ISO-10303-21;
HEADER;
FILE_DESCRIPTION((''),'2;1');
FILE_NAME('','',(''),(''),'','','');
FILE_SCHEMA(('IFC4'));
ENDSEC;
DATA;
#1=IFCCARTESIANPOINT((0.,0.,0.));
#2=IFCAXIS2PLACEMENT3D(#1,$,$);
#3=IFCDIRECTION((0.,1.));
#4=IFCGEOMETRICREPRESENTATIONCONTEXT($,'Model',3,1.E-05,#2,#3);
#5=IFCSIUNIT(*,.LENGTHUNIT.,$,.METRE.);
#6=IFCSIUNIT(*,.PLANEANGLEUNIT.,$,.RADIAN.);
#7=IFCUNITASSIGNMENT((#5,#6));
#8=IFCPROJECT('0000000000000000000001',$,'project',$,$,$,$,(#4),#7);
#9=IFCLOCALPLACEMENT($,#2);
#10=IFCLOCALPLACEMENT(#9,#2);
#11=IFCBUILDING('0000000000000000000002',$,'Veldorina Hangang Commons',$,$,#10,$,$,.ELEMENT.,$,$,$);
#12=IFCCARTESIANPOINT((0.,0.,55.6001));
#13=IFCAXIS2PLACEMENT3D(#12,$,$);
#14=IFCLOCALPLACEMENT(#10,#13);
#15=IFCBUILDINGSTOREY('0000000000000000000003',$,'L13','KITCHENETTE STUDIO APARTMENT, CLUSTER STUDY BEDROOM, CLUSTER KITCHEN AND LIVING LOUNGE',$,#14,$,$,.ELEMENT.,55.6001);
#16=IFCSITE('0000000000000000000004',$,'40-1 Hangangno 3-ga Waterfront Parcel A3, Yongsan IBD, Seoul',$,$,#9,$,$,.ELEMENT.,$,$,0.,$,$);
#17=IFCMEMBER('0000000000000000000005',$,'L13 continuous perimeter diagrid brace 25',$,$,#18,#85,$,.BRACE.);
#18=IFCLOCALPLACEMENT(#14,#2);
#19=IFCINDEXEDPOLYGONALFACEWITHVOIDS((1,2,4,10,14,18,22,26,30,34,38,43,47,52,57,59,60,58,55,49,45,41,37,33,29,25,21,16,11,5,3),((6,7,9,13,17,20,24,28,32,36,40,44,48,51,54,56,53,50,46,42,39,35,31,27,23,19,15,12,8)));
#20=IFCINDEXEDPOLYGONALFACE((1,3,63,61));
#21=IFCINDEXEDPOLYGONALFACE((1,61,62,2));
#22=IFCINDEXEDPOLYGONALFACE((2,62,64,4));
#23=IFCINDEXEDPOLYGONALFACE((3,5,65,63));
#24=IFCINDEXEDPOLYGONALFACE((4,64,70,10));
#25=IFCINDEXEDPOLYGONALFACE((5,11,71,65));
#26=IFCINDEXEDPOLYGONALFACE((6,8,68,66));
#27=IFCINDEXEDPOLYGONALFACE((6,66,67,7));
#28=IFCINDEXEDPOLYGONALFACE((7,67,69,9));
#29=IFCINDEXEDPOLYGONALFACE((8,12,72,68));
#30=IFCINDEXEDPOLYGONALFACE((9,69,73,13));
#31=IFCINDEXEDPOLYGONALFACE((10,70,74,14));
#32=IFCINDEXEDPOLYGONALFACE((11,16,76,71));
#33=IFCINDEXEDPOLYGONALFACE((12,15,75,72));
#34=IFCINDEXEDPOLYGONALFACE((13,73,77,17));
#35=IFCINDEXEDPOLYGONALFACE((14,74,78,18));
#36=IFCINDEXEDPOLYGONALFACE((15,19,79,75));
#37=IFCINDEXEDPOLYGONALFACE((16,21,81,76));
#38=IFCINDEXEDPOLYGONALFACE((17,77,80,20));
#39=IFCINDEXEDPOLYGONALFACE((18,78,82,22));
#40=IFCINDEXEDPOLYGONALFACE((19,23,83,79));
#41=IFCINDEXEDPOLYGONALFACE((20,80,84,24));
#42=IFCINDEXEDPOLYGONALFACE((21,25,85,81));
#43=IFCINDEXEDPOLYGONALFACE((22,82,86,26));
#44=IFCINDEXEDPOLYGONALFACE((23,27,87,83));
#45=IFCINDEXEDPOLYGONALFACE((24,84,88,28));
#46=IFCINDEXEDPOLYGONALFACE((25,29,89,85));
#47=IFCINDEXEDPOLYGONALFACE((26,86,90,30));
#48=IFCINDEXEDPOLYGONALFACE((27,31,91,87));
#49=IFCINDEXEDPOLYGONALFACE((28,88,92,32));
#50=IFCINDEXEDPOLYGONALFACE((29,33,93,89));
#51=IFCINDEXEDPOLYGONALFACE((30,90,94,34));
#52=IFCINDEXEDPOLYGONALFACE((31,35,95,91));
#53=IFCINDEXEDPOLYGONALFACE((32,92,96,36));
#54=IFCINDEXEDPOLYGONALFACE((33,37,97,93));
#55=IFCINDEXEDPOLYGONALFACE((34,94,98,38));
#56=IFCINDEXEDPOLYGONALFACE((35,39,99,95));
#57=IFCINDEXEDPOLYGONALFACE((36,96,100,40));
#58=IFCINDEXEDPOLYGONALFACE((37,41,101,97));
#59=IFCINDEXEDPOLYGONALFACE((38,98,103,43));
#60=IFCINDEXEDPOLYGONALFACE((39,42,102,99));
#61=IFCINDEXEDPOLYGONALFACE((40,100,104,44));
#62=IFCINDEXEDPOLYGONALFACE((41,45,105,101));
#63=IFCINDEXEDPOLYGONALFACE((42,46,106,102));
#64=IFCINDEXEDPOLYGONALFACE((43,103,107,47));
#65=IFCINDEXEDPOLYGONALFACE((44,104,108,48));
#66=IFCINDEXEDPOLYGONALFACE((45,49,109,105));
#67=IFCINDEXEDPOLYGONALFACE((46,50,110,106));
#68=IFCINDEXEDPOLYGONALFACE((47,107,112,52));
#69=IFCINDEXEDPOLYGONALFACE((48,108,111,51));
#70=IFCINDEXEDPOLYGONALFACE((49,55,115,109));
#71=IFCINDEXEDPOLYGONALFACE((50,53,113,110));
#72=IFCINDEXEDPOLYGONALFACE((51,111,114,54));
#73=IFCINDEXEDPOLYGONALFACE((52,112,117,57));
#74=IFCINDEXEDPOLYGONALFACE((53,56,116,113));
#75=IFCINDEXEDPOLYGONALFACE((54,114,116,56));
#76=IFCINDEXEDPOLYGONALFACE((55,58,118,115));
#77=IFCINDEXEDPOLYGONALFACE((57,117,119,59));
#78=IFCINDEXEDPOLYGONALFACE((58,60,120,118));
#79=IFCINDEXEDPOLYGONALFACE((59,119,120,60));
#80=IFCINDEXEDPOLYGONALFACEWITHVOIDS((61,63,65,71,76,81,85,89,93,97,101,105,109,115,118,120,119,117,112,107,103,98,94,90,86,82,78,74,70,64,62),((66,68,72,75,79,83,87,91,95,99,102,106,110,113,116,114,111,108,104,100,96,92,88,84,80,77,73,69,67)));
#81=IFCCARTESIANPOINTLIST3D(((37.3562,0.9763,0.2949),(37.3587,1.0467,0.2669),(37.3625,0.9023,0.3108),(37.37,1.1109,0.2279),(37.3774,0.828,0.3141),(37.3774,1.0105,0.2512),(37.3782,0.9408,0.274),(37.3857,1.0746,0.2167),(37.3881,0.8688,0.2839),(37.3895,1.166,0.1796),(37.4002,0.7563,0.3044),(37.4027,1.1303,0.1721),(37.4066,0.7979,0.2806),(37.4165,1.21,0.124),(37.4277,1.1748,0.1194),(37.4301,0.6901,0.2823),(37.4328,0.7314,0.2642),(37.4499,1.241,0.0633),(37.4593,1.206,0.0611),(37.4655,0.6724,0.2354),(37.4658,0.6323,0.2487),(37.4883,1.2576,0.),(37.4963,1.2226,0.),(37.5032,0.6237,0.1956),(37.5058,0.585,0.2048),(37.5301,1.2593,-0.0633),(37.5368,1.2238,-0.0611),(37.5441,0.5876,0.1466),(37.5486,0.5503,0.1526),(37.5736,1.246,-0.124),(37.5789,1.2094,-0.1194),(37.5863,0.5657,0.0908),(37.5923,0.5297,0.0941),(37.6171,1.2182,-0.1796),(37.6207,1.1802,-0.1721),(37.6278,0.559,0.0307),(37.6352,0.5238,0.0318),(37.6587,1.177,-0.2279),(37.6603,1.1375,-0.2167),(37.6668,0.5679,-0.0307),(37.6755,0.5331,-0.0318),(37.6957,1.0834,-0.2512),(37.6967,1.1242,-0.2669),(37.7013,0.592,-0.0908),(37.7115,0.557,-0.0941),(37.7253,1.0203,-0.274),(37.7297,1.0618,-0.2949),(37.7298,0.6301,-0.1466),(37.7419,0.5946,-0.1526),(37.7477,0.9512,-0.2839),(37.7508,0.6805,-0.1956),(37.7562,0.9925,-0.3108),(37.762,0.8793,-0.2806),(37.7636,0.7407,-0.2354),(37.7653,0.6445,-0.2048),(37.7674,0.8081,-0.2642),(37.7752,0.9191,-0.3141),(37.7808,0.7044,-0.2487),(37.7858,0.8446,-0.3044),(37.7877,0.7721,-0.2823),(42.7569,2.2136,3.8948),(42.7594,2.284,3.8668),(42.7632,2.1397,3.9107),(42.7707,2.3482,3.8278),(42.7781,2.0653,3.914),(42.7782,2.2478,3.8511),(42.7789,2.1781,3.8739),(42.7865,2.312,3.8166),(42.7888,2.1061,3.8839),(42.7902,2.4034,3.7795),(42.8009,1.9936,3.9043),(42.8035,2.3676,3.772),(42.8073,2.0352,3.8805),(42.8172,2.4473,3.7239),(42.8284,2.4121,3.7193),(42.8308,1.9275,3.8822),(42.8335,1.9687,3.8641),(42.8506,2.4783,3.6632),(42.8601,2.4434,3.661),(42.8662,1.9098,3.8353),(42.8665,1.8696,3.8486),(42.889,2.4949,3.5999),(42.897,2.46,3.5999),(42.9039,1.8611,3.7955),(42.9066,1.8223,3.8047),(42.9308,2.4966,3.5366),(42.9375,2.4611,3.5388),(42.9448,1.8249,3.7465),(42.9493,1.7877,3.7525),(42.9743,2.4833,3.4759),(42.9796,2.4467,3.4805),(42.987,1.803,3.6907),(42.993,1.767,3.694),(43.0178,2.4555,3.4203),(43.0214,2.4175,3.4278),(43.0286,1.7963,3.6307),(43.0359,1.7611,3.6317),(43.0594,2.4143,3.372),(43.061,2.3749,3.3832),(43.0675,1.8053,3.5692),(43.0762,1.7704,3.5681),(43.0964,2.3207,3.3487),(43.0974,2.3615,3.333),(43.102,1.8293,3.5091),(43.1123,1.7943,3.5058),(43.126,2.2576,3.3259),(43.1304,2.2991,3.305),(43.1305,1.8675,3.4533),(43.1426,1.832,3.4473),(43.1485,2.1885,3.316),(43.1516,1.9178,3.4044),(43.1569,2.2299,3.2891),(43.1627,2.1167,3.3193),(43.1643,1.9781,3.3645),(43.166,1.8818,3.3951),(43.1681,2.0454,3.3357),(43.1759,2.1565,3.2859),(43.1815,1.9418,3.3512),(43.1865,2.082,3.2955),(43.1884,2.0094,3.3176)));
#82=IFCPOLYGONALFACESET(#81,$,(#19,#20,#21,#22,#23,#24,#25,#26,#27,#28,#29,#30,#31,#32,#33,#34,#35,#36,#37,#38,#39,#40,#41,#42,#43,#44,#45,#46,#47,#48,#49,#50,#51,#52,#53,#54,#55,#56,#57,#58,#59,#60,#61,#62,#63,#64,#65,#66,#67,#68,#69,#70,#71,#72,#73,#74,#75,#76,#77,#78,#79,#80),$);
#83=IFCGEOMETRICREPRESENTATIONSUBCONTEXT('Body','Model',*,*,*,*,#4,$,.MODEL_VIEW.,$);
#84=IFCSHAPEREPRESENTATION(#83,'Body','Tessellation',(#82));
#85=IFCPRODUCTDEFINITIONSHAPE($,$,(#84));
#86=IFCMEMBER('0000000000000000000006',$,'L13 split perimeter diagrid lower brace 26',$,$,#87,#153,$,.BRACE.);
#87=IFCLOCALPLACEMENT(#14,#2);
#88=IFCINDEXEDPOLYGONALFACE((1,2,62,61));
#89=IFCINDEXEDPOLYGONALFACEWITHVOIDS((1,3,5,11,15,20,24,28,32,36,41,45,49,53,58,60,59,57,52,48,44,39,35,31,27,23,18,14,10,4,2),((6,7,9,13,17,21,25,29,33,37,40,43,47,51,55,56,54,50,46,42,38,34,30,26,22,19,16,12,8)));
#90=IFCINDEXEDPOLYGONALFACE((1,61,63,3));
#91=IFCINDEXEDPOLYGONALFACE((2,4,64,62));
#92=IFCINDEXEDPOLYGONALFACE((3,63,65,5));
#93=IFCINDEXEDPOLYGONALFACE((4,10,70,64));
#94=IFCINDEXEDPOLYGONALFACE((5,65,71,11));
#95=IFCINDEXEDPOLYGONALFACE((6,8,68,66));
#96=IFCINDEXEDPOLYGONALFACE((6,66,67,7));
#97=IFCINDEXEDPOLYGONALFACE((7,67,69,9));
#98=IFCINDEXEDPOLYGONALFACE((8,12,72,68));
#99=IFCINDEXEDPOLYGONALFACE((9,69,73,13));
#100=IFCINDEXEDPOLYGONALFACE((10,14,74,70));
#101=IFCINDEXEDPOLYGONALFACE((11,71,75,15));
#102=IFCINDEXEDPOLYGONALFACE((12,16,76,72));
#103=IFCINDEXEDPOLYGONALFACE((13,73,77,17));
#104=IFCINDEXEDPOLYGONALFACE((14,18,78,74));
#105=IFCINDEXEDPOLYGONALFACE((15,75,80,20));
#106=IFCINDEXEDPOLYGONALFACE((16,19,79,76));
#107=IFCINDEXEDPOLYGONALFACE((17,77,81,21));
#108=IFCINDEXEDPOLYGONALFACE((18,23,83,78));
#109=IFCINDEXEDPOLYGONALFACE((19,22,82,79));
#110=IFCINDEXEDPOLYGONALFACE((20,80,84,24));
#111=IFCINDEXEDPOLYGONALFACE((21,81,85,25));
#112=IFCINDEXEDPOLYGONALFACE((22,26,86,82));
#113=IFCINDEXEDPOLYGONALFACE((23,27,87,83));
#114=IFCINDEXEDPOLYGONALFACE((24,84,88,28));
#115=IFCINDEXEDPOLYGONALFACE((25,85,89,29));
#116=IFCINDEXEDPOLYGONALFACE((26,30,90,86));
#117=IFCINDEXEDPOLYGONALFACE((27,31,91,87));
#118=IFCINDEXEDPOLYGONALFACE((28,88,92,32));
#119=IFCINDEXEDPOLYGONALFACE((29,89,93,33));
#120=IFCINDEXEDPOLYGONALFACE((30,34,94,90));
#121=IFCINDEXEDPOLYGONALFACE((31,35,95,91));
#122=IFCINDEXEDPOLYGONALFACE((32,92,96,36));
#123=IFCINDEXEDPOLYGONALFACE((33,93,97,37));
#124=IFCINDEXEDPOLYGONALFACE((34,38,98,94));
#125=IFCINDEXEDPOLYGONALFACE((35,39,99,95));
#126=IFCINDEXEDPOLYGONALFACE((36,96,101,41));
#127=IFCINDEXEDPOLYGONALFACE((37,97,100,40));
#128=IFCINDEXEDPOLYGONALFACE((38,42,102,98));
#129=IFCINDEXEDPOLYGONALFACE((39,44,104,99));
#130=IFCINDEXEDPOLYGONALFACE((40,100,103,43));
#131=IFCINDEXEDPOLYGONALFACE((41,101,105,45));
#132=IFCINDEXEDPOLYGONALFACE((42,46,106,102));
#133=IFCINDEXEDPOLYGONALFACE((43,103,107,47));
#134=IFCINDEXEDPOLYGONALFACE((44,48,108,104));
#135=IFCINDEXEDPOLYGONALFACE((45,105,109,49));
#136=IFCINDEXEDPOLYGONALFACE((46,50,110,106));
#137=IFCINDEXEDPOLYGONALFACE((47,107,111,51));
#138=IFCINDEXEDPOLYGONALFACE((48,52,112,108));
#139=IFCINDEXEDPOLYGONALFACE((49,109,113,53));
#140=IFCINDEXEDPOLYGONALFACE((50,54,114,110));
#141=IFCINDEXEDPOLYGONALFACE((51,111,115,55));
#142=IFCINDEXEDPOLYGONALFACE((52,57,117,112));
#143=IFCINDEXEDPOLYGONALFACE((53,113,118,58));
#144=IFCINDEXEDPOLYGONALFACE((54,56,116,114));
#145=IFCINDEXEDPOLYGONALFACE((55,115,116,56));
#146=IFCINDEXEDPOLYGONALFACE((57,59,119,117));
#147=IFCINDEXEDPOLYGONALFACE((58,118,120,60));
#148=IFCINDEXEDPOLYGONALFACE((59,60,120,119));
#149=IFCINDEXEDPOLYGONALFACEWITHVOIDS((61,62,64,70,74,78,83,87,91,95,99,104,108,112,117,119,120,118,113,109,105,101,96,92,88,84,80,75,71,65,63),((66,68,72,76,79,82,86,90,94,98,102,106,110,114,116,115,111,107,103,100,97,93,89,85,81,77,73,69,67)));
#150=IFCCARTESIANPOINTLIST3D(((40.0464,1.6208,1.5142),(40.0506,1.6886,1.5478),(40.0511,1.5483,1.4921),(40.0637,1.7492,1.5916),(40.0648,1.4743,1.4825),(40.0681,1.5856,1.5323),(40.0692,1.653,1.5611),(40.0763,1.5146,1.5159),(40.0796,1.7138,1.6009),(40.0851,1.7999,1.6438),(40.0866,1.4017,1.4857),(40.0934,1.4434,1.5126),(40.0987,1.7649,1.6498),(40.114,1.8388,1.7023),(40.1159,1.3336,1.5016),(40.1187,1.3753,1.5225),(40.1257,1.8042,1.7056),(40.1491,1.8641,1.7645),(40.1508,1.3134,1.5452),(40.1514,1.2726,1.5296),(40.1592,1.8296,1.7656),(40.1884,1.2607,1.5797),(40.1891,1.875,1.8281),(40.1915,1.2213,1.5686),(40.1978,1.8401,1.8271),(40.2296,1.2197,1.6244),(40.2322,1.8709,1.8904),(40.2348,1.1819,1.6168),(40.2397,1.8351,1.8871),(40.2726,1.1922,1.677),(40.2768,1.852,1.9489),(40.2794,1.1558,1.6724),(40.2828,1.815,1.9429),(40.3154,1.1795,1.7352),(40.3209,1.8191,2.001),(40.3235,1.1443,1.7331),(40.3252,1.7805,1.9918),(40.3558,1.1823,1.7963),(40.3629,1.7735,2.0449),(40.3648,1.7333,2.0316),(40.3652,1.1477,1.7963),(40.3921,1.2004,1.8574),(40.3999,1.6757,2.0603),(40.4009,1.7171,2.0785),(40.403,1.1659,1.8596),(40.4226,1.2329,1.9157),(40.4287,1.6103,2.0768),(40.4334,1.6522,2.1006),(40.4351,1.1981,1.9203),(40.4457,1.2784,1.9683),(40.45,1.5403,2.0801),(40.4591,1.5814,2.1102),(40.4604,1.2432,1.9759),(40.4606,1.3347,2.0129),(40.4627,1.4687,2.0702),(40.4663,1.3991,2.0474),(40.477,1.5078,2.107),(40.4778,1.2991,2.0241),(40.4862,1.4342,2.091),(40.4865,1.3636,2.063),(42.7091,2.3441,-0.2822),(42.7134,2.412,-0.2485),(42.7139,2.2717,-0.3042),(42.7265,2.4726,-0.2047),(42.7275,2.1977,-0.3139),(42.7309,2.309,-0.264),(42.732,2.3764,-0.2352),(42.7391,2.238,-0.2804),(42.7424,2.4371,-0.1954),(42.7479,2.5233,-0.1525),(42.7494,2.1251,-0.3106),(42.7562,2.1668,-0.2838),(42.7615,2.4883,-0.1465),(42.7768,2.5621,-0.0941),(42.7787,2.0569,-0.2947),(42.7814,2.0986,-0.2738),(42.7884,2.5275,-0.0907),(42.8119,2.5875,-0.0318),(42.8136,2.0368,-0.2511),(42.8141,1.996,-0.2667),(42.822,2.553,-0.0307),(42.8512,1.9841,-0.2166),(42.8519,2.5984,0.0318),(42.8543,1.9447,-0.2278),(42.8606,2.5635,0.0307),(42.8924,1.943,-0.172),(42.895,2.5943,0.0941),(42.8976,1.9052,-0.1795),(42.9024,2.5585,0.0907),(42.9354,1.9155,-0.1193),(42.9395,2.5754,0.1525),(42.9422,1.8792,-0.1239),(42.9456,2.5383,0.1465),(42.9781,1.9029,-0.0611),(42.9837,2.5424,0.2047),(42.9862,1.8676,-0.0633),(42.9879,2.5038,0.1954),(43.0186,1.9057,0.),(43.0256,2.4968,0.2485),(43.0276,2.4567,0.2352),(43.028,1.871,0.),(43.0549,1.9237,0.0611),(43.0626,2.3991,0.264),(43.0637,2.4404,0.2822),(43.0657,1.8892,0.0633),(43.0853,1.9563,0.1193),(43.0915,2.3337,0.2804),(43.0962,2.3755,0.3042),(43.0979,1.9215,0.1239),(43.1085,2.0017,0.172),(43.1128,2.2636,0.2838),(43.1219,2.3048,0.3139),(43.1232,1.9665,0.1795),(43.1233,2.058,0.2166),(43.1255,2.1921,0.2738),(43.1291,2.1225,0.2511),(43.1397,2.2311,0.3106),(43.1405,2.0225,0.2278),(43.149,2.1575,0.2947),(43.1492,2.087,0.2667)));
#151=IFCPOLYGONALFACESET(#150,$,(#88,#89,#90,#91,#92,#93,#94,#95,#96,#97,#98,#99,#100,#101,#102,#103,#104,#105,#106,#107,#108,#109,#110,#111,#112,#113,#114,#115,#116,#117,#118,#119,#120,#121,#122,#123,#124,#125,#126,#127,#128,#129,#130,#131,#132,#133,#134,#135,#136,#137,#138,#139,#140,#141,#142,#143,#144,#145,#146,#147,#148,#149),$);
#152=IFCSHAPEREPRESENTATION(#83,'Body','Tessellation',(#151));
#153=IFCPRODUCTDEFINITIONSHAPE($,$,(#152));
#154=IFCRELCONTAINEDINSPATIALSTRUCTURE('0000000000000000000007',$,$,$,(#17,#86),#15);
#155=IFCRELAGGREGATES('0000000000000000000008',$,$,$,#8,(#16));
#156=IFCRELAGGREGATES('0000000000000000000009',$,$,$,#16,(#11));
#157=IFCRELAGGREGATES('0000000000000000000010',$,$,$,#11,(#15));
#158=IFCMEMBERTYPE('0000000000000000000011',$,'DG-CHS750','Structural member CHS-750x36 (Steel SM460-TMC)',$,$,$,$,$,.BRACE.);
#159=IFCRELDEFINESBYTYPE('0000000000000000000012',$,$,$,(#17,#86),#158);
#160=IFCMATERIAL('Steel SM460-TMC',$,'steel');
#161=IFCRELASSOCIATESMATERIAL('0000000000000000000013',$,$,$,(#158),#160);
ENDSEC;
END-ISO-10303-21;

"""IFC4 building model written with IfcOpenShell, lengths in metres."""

from ifc_helpers import new_model, si_unit, direction, frame, origin, origin_2d, place, context, subcontext, project, spatial, hollow_circle, extrude, material, material_profile, profile_set, type_object, element, save


model = new_model("IFC4")

# Units and contexts
model_context = context("Model", 3, precision=1e-05, world=origin(), true_north=direction((0.0, 1.0)))
body_context = subcontext(model_context, "Body", "Model", "MODEL_VIEW")
ifc_project = project(units=[si_unit("LENGTHUNIT", "METRE"), si_unit("PLANEANGLEUNIT", "RADIAN")], contexts=[model_context])

# Site, building, storey
site_placement = place(None, origin())
site = spatial("IfcSite", under=ifc_project, at=site_placement, Name="40-1 Hangangno 3-ga Waterfront Parcel A3, Yongsan IBD, Seoul", CompositionType="ELEMENT", RefElevation=0.0)
building_placement = place(site_placement, origin())
building = spatial("IfcBuilding", under=site, at=building_placement, Name="Veldorina Hangang Commons", CompositionType="ELEMENT")
storey_placement = place(building_placement, frame((0.0, 0.0, 55.6001)))
storey = spatial("IfcBuildingStorey", under=building, at=storey_placement, Name="L13", Description="KITCHENETTE STUDIO APARTMENT, CLUSTER STUDY BEDROOM, CLUSTER KITCHEN AND LIVING LOUNGE", CompositionType="ELEMENT", Elevation=55.6001)

# Shared definitions
ifc_material_1 = material(Name="Steel SM460-TMC", Category="steel")

# Members
ifc_material_profile_1 = material_profile(ifc_material_1, hollow_circle(Radius=0.375, WallThickness=0.0359, at=origin_2d()), Name="CHS-750x36")
ifc_profile_set_1 = profile_set([ifc_material_profile_1], Name="Steel SM460-TMC")
member_type_1 = type_object("IfcMemberType", Name="DG-CHS750", Description="Structural member CHS-750x36 (Steel SM460-TMC)", PredefinedType="BRACE", material=ifc_profile_set_1)
member_1_placement = place(storey_placement, frame((37.572, 0.8921, 0.0), z_axis=(0.817371, 0.187263, 0.544828), x_axis=(-0.223318, 0.974746, 0.0)))
element("IfcMember", 1, at=member_1_placement, inside=storey, type_object=member_type_1, Name="L13 continuous perimeter diagrid brace 25", PredefinedType="BRACE", context=body_context, shape_type="SweptSolid", body=[
    extrude(hollow_circle(Radius=0.375, WallThickness=0.0359, at=origin_2d()), origin(), (0.0, 0.0, 1.0), 6.6074),
])
member_2_placement = place(storey_placement, frame((42.9297, 2.2329, 0.0), z_axis=(-0.808742, -0.219703, 0.545588), x_axis=(0.262159, -0.965025, 0.0)))
element("IfcMember", 2, at=member_2_placement, inside=storey, type_object=member_type_1, Name="L13 split perimeter diagrid lower brace 26", PredefinedType="BRACE", context=body_context, shape_type="SweptSolid", body=[
    extrude(hollow_circle(Radius=0.375, WallThickness=0.0359, at=origin_2d()), origin(), (0.0, 0.0, 1.0), 3.2925),
])

save(model, "model.ifc")
